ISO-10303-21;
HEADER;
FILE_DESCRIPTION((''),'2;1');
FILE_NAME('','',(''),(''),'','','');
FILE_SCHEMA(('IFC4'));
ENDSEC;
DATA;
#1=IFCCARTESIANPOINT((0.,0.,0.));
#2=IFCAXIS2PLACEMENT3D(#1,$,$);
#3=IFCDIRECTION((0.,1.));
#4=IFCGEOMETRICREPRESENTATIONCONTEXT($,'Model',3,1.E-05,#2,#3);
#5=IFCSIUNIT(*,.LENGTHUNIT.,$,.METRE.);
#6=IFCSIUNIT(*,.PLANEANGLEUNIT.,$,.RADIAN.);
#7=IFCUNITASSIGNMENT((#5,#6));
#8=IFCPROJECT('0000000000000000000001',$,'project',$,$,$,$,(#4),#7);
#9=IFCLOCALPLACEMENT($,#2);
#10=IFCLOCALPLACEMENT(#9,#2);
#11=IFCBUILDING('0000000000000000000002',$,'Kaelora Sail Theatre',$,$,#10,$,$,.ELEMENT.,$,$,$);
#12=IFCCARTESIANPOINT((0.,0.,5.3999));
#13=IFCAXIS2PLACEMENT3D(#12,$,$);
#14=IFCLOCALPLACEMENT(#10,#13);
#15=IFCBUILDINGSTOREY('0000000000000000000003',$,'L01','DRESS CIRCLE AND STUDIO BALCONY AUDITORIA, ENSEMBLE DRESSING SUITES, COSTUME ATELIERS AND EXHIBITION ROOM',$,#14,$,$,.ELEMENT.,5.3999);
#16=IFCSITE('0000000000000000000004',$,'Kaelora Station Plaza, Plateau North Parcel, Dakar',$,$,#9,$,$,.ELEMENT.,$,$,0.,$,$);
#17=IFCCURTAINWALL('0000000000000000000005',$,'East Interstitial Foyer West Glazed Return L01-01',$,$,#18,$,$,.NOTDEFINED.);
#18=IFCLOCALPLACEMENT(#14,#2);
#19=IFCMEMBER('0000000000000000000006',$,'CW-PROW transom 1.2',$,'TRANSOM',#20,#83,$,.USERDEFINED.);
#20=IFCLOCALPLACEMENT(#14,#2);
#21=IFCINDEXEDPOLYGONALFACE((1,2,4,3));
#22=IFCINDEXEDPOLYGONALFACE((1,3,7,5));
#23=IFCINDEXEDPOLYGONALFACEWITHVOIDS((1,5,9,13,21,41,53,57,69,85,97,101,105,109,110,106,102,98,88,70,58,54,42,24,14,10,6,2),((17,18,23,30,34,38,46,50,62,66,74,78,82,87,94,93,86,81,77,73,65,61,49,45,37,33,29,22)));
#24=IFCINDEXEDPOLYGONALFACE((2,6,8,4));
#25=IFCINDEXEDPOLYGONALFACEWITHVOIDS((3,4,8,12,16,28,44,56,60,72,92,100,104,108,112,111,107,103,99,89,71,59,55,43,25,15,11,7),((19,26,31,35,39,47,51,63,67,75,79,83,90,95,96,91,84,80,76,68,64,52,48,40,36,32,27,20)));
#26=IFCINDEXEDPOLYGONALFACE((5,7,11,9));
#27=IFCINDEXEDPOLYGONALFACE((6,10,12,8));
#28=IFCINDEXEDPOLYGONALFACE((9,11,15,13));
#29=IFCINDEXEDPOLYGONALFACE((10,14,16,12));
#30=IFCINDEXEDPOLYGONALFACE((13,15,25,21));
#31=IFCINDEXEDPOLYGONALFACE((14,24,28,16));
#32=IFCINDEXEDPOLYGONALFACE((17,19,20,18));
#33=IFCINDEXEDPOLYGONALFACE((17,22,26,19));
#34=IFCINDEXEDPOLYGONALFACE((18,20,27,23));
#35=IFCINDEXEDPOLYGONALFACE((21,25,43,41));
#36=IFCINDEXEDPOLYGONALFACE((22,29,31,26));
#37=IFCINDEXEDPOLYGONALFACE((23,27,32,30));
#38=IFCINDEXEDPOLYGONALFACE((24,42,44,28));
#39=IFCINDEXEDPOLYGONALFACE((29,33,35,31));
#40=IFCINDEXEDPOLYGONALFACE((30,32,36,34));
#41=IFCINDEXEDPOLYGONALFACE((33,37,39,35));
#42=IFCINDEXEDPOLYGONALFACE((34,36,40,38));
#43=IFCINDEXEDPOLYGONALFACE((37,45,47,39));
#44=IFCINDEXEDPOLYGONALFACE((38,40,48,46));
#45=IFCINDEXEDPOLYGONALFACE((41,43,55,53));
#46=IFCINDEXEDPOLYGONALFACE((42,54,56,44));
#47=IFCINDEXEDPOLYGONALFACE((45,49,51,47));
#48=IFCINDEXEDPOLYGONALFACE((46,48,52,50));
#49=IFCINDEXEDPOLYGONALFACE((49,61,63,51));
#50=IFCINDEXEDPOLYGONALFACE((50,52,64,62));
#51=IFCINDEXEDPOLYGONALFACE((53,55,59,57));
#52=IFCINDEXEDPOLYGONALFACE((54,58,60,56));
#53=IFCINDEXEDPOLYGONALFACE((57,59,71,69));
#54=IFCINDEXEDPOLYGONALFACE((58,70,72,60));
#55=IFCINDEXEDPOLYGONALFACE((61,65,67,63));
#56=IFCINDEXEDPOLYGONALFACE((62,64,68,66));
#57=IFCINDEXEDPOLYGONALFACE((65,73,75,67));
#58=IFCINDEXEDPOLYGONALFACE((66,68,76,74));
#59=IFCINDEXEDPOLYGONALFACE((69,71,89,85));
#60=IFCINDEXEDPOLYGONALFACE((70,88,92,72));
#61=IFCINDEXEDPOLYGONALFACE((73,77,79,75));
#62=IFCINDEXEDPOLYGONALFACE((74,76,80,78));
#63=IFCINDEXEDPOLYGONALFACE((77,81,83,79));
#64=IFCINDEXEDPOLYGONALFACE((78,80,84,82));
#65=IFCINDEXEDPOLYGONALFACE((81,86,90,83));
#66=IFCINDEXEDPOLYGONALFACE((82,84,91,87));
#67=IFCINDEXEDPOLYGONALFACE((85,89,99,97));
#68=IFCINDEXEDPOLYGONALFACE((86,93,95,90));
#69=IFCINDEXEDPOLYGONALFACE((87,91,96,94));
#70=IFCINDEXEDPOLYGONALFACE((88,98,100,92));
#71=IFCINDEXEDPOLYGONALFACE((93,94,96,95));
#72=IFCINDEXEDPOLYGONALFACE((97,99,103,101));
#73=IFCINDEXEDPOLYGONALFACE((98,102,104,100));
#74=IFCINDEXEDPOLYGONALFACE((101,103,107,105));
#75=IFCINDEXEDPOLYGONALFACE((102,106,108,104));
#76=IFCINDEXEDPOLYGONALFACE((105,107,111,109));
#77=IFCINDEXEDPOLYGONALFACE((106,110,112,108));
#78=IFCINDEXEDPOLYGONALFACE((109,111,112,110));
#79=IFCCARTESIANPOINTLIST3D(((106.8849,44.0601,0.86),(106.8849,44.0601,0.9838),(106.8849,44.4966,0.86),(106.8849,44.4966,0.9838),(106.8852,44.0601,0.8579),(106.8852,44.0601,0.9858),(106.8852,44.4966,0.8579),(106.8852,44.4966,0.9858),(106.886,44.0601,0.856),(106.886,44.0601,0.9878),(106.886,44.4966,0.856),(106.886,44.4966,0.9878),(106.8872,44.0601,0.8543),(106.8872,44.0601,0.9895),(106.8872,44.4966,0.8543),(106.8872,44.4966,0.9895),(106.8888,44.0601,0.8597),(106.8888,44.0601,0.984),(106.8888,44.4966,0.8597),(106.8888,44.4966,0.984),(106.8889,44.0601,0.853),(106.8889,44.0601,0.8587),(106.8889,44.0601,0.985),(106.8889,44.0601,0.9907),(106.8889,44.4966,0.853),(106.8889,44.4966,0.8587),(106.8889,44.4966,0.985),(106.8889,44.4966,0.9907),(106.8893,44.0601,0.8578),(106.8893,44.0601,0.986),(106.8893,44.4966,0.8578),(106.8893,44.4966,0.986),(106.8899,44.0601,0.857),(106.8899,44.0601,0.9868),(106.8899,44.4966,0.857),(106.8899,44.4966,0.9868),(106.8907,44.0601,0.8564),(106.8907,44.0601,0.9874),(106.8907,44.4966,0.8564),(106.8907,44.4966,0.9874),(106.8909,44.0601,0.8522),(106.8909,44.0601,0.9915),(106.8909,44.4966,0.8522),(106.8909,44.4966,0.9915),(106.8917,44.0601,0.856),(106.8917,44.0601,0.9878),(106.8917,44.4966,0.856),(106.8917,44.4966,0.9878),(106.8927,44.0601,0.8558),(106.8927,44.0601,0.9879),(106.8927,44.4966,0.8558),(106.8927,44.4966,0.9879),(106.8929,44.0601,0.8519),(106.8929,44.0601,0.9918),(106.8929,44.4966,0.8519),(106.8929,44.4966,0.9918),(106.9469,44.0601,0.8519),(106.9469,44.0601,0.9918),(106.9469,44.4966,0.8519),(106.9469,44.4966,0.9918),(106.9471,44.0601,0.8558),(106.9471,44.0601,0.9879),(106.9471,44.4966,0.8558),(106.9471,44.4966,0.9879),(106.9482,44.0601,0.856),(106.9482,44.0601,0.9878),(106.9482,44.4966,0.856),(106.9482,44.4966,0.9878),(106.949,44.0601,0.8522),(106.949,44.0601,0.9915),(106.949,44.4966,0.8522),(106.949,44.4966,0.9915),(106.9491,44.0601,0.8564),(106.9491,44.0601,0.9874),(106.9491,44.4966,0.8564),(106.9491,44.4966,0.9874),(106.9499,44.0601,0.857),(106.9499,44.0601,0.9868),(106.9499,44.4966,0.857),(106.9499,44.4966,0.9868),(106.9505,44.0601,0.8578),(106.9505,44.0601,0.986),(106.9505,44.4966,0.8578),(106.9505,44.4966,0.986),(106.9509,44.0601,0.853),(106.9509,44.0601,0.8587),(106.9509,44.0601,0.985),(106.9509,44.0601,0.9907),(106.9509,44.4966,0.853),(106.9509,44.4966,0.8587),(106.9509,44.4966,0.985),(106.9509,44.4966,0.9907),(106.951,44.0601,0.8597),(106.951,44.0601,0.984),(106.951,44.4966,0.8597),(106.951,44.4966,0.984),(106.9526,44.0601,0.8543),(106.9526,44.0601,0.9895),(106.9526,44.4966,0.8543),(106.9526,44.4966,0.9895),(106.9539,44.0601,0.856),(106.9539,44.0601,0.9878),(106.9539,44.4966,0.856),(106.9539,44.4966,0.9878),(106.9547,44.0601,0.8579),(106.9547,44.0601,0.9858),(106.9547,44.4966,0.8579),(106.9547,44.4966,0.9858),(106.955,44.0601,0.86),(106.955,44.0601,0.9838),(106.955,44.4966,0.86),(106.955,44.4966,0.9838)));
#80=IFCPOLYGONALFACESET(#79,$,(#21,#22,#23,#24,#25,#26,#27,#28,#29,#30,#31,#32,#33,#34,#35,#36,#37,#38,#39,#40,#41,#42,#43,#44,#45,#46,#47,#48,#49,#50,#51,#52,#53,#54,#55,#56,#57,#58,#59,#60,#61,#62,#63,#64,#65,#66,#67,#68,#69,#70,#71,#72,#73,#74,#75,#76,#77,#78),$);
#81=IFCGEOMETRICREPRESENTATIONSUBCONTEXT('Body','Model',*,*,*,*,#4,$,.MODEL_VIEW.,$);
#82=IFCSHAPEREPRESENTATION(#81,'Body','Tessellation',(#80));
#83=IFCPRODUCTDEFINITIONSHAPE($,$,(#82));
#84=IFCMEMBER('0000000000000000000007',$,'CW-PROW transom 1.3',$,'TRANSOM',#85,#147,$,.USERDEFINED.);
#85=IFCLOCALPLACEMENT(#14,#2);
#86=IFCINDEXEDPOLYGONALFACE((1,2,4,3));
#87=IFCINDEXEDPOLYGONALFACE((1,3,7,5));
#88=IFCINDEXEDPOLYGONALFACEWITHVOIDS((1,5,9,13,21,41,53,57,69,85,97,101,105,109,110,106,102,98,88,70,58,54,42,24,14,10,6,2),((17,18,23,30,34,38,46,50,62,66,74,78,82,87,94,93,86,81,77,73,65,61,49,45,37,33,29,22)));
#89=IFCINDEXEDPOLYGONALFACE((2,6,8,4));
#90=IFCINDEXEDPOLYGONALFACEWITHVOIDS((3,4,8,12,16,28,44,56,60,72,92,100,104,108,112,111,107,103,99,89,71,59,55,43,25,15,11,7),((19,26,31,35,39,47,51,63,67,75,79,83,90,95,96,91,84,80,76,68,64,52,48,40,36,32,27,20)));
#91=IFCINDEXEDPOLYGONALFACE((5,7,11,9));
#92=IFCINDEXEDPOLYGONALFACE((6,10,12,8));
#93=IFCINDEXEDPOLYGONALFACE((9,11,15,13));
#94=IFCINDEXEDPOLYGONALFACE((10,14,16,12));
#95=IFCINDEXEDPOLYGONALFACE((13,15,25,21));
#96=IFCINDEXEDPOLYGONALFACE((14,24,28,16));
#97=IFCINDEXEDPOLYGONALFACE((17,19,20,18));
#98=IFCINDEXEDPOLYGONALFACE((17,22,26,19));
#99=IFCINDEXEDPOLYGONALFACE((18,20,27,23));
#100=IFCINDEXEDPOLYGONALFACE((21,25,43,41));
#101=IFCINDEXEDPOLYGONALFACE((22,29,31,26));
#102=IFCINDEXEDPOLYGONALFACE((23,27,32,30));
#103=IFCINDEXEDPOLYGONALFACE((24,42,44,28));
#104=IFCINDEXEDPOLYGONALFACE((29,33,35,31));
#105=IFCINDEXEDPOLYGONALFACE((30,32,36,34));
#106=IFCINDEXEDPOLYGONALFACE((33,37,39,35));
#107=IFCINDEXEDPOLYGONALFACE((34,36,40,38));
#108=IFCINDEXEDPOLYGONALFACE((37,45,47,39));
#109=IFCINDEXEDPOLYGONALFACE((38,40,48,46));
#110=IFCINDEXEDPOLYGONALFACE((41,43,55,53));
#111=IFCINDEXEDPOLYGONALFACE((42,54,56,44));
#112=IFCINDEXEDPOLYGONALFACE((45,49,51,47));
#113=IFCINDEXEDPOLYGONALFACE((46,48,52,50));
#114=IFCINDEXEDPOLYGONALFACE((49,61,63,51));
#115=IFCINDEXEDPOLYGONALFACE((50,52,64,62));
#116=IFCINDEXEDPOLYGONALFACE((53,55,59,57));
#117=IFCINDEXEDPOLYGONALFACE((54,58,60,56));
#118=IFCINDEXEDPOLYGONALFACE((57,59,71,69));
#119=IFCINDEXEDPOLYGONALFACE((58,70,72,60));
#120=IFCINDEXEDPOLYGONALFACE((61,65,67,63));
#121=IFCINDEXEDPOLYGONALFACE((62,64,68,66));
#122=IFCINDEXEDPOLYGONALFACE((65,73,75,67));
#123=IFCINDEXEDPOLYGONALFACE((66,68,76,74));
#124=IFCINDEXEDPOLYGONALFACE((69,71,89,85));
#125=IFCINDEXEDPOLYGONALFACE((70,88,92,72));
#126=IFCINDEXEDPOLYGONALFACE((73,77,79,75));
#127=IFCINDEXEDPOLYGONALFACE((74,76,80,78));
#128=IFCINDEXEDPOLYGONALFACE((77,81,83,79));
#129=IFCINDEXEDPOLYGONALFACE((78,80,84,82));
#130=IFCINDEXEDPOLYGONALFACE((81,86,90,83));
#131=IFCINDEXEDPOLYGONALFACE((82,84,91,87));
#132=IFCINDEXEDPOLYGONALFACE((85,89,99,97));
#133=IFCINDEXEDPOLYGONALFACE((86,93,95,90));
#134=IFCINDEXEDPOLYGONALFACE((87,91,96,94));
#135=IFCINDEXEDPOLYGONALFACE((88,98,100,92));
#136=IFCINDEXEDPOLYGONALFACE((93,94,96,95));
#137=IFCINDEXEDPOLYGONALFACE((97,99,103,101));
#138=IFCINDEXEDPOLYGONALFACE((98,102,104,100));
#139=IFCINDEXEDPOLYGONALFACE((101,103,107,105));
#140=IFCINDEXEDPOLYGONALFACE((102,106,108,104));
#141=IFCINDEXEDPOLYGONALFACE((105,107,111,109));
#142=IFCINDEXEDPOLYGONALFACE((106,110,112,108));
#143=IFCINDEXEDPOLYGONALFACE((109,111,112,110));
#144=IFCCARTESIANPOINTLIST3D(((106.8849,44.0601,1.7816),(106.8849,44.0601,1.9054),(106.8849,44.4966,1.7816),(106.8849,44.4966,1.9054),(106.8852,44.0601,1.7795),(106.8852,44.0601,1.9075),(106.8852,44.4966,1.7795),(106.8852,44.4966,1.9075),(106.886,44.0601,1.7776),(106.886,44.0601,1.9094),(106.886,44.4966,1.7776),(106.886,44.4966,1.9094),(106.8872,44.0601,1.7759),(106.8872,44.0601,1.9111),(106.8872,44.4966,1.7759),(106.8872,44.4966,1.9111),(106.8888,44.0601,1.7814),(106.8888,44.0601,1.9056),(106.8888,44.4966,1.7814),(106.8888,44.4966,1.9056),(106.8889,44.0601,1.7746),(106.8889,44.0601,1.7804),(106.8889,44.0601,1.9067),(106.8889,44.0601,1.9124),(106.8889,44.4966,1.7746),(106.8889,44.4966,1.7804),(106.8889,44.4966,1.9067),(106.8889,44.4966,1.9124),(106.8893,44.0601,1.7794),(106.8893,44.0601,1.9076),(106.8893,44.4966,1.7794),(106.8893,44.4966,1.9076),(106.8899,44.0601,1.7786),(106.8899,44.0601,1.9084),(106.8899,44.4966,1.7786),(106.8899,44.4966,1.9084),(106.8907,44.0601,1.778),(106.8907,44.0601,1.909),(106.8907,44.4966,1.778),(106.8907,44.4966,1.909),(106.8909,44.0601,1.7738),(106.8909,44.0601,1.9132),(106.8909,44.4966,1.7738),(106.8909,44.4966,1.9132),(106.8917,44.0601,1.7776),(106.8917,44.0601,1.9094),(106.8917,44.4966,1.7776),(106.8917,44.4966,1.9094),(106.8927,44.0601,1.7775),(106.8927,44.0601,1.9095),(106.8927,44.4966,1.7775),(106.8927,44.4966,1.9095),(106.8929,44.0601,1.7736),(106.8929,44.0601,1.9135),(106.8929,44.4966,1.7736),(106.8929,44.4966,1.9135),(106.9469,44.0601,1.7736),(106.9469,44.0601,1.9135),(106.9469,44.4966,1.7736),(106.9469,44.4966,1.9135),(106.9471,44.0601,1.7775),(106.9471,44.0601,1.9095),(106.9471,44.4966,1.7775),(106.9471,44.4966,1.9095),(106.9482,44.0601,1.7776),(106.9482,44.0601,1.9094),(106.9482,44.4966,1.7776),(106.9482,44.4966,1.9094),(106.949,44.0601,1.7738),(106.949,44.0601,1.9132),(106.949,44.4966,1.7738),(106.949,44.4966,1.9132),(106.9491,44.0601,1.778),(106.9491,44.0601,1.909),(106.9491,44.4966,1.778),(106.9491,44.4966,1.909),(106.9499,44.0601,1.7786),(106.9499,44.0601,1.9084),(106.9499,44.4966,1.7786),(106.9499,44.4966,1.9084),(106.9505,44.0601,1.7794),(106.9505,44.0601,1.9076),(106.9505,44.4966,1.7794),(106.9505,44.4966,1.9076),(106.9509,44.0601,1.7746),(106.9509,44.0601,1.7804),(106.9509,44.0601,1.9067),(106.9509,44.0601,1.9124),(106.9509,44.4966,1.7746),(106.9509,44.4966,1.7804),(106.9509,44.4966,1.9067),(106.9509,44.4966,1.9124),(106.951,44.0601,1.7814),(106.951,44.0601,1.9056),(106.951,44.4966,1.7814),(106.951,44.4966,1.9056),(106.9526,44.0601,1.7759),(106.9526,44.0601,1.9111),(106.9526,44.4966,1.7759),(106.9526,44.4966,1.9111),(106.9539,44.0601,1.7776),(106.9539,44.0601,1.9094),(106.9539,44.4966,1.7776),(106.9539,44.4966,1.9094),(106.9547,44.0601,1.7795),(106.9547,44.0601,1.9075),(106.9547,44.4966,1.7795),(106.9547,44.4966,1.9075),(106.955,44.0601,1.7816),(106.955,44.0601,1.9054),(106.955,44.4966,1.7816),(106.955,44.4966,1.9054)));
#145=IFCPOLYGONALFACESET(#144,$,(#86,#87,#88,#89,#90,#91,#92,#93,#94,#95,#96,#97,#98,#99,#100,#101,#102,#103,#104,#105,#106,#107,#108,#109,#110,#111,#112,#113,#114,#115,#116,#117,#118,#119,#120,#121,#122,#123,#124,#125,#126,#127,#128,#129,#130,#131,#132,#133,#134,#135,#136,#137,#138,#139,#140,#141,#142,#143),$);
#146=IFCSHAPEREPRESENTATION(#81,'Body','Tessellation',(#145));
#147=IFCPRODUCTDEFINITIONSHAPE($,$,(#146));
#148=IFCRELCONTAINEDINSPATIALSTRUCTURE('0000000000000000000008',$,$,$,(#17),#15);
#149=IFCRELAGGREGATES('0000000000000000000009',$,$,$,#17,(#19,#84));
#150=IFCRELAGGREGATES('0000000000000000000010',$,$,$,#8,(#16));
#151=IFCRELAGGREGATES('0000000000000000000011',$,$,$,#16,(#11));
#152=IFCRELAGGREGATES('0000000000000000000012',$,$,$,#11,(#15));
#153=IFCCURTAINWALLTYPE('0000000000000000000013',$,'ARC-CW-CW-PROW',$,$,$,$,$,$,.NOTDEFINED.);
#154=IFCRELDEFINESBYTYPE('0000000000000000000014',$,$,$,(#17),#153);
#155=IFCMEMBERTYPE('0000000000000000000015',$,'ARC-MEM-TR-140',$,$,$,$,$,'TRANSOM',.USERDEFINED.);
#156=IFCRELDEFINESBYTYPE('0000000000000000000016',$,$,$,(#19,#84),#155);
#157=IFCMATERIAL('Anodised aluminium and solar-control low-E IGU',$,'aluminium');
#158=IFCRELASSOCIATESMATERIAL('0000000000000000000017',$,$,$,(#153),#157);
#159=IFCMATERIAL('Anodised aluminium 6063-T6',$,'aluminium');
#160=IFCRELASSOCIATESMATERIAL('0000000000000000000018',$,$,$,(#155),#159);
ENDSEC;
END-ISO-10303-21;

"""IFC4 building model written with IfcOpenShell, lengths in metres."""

from ifc_helpers import new_model, si_unit, direction, frame, origin, origin_2d, place, context, subcontext, project, spatial, hollow_rectangle, extrude, material, material_profile, profile_set, type_object, element, aggregate, save


model = new_model("IFC4")

# Units and contexts
model_context = context("Model", 3, precision=1e-05, world=origin(), true_north=direction((0.0, 1.0)))
body_context = subcontext(model_context, "Body", "Model", "MODEL_VIEW")
ifc_project = project(units=[si_unit("LENGTHUNIT", "METRE"), si_unit("PLANEANGLEUNIT", "RADIAN")], contexts=[model_context])

# Site, building, storey
site_placement = place(None, origin())
site = spatial("IfcSite", under=ifc_project, at=site_placement, Name="Kaelora Station Plaza, Plateau North Parcel, Dakar", CompositionType="ELEMENT", RefElevation=0.0)
building_placement = place(site_placement, origin())
building = spatial("IfcBuilding", under=site, at=building_placement, Name="Kaelora Sail Theatre", CompositionType="ELEMENT")
storey_placement = place(building_placement, frame((0.0, 0.0, 5.3999)))
storey = spatial("IfcBuildingStorey", under=building, at=storey_placement, Name="L01", Description="DRESS CIRCLE AND STUDIO BALCONY AUDITORIA, ENSEMBLE DRESSING SUITES, COSTUME ATELIERS AND EXHIBITION ROOM", CompositionType="ELEMENT", Elevation=5.3999)

# Curtain wall, members
ifc_material_1 = material(Name="Anodised aluminium and solar-control low-E IGU", Category="aluminium")
curtain_wall_type = type_object("IfcCurtainWallType", Name="ARC-CW-CW-PROW", PredefinedType="NOTDEFINED", material=ifc_material_1)
curtain_wall_placement = place(storey_placement, origin())
curtain_wall = element("IfcCurtainWall", 1, at=curtain_wall_placement, inside=storey, type_object=curtain_wall_type, Name="East Interstitial Foyer West Glazed Return L01-01", PredefinedType="NOTDEFINED")
ifc_material_2 = material(Name="Anodised aluminium 6063-T6", Category="aluminium")
ifc_material_profile_1 = material_profile(ifc_material_2, hollow_rectangle(XDim=0.0701, YDim=0.1399, WallThickness=0.0039, InnerFilletRadius=0.0039, OuterFilletRadius=0.0081, at=origin_2d()), Name="ALU-TRAN 70x140x4")
ifc_profile_set_1 = profile_set([ifc_material_profile_1], Name="Anodised aluminium 6063-T6")
member_type_1 = type_object("IfcMemberType", Name="ARC-MEM-TR-140", ElementType="TRANSOM", PredefinedType="USERDEFINED", material=ifc_profile_set_1)
member_1_placement = place(storey_placement, frame((106.9199, 44.0601, 0.9219), z_axis=(0.0, 1.0, 0.0), x_axis=(-1.0, 0.0, 0.0)))
member_1 = element("IfcMember", 2, at=member_1_placement, type_object=member_type_1, Name="CW-PROW transom 1.2", ObjectType="TRANSOM", PredefinedType="USERDEFINED", context=body_context, shape_type="SweptSolid", body=[
    extrude(hollow_rectangle(XDim=0.0701, YDim=0.1399, WallThickness=0.0039, InnerFilletRadius=0.0039, OuterFilletRadius=0.0081, at=origin_2d()), origin(), (0.0, 0.0, 1.0), 0.4365),
])
member_2_placement = place(storey_placement, frame((106.9199, 44.0601, 1.8435), z_axis=(0.0, 1.0, 0.0), x_axis=(-1.0, 0.0, 0.0)))
member_2 = element("IfcMember", 3, at=member_2_placement, type_object=member_type_1, Name="CW-PROW transom 1.3", ObjectType="TRANSOM", PredefinedType="USERDEFINED", context=body_context, shape_type="SweptSolid", body=[
    extrude(hollow_rectangle(XDim=0.0701, YDim=0.1399, WallThickness=0.0039, InnerFilletRadius=0.0039, OuterFilletRadius=0.0081, at=origin_2d()), origin(), (0.0, 0.0, 1.0), 0.4365),
])

aggregate(curtain_wall, [member_1, member_2])

save(model, "model.ifc")
